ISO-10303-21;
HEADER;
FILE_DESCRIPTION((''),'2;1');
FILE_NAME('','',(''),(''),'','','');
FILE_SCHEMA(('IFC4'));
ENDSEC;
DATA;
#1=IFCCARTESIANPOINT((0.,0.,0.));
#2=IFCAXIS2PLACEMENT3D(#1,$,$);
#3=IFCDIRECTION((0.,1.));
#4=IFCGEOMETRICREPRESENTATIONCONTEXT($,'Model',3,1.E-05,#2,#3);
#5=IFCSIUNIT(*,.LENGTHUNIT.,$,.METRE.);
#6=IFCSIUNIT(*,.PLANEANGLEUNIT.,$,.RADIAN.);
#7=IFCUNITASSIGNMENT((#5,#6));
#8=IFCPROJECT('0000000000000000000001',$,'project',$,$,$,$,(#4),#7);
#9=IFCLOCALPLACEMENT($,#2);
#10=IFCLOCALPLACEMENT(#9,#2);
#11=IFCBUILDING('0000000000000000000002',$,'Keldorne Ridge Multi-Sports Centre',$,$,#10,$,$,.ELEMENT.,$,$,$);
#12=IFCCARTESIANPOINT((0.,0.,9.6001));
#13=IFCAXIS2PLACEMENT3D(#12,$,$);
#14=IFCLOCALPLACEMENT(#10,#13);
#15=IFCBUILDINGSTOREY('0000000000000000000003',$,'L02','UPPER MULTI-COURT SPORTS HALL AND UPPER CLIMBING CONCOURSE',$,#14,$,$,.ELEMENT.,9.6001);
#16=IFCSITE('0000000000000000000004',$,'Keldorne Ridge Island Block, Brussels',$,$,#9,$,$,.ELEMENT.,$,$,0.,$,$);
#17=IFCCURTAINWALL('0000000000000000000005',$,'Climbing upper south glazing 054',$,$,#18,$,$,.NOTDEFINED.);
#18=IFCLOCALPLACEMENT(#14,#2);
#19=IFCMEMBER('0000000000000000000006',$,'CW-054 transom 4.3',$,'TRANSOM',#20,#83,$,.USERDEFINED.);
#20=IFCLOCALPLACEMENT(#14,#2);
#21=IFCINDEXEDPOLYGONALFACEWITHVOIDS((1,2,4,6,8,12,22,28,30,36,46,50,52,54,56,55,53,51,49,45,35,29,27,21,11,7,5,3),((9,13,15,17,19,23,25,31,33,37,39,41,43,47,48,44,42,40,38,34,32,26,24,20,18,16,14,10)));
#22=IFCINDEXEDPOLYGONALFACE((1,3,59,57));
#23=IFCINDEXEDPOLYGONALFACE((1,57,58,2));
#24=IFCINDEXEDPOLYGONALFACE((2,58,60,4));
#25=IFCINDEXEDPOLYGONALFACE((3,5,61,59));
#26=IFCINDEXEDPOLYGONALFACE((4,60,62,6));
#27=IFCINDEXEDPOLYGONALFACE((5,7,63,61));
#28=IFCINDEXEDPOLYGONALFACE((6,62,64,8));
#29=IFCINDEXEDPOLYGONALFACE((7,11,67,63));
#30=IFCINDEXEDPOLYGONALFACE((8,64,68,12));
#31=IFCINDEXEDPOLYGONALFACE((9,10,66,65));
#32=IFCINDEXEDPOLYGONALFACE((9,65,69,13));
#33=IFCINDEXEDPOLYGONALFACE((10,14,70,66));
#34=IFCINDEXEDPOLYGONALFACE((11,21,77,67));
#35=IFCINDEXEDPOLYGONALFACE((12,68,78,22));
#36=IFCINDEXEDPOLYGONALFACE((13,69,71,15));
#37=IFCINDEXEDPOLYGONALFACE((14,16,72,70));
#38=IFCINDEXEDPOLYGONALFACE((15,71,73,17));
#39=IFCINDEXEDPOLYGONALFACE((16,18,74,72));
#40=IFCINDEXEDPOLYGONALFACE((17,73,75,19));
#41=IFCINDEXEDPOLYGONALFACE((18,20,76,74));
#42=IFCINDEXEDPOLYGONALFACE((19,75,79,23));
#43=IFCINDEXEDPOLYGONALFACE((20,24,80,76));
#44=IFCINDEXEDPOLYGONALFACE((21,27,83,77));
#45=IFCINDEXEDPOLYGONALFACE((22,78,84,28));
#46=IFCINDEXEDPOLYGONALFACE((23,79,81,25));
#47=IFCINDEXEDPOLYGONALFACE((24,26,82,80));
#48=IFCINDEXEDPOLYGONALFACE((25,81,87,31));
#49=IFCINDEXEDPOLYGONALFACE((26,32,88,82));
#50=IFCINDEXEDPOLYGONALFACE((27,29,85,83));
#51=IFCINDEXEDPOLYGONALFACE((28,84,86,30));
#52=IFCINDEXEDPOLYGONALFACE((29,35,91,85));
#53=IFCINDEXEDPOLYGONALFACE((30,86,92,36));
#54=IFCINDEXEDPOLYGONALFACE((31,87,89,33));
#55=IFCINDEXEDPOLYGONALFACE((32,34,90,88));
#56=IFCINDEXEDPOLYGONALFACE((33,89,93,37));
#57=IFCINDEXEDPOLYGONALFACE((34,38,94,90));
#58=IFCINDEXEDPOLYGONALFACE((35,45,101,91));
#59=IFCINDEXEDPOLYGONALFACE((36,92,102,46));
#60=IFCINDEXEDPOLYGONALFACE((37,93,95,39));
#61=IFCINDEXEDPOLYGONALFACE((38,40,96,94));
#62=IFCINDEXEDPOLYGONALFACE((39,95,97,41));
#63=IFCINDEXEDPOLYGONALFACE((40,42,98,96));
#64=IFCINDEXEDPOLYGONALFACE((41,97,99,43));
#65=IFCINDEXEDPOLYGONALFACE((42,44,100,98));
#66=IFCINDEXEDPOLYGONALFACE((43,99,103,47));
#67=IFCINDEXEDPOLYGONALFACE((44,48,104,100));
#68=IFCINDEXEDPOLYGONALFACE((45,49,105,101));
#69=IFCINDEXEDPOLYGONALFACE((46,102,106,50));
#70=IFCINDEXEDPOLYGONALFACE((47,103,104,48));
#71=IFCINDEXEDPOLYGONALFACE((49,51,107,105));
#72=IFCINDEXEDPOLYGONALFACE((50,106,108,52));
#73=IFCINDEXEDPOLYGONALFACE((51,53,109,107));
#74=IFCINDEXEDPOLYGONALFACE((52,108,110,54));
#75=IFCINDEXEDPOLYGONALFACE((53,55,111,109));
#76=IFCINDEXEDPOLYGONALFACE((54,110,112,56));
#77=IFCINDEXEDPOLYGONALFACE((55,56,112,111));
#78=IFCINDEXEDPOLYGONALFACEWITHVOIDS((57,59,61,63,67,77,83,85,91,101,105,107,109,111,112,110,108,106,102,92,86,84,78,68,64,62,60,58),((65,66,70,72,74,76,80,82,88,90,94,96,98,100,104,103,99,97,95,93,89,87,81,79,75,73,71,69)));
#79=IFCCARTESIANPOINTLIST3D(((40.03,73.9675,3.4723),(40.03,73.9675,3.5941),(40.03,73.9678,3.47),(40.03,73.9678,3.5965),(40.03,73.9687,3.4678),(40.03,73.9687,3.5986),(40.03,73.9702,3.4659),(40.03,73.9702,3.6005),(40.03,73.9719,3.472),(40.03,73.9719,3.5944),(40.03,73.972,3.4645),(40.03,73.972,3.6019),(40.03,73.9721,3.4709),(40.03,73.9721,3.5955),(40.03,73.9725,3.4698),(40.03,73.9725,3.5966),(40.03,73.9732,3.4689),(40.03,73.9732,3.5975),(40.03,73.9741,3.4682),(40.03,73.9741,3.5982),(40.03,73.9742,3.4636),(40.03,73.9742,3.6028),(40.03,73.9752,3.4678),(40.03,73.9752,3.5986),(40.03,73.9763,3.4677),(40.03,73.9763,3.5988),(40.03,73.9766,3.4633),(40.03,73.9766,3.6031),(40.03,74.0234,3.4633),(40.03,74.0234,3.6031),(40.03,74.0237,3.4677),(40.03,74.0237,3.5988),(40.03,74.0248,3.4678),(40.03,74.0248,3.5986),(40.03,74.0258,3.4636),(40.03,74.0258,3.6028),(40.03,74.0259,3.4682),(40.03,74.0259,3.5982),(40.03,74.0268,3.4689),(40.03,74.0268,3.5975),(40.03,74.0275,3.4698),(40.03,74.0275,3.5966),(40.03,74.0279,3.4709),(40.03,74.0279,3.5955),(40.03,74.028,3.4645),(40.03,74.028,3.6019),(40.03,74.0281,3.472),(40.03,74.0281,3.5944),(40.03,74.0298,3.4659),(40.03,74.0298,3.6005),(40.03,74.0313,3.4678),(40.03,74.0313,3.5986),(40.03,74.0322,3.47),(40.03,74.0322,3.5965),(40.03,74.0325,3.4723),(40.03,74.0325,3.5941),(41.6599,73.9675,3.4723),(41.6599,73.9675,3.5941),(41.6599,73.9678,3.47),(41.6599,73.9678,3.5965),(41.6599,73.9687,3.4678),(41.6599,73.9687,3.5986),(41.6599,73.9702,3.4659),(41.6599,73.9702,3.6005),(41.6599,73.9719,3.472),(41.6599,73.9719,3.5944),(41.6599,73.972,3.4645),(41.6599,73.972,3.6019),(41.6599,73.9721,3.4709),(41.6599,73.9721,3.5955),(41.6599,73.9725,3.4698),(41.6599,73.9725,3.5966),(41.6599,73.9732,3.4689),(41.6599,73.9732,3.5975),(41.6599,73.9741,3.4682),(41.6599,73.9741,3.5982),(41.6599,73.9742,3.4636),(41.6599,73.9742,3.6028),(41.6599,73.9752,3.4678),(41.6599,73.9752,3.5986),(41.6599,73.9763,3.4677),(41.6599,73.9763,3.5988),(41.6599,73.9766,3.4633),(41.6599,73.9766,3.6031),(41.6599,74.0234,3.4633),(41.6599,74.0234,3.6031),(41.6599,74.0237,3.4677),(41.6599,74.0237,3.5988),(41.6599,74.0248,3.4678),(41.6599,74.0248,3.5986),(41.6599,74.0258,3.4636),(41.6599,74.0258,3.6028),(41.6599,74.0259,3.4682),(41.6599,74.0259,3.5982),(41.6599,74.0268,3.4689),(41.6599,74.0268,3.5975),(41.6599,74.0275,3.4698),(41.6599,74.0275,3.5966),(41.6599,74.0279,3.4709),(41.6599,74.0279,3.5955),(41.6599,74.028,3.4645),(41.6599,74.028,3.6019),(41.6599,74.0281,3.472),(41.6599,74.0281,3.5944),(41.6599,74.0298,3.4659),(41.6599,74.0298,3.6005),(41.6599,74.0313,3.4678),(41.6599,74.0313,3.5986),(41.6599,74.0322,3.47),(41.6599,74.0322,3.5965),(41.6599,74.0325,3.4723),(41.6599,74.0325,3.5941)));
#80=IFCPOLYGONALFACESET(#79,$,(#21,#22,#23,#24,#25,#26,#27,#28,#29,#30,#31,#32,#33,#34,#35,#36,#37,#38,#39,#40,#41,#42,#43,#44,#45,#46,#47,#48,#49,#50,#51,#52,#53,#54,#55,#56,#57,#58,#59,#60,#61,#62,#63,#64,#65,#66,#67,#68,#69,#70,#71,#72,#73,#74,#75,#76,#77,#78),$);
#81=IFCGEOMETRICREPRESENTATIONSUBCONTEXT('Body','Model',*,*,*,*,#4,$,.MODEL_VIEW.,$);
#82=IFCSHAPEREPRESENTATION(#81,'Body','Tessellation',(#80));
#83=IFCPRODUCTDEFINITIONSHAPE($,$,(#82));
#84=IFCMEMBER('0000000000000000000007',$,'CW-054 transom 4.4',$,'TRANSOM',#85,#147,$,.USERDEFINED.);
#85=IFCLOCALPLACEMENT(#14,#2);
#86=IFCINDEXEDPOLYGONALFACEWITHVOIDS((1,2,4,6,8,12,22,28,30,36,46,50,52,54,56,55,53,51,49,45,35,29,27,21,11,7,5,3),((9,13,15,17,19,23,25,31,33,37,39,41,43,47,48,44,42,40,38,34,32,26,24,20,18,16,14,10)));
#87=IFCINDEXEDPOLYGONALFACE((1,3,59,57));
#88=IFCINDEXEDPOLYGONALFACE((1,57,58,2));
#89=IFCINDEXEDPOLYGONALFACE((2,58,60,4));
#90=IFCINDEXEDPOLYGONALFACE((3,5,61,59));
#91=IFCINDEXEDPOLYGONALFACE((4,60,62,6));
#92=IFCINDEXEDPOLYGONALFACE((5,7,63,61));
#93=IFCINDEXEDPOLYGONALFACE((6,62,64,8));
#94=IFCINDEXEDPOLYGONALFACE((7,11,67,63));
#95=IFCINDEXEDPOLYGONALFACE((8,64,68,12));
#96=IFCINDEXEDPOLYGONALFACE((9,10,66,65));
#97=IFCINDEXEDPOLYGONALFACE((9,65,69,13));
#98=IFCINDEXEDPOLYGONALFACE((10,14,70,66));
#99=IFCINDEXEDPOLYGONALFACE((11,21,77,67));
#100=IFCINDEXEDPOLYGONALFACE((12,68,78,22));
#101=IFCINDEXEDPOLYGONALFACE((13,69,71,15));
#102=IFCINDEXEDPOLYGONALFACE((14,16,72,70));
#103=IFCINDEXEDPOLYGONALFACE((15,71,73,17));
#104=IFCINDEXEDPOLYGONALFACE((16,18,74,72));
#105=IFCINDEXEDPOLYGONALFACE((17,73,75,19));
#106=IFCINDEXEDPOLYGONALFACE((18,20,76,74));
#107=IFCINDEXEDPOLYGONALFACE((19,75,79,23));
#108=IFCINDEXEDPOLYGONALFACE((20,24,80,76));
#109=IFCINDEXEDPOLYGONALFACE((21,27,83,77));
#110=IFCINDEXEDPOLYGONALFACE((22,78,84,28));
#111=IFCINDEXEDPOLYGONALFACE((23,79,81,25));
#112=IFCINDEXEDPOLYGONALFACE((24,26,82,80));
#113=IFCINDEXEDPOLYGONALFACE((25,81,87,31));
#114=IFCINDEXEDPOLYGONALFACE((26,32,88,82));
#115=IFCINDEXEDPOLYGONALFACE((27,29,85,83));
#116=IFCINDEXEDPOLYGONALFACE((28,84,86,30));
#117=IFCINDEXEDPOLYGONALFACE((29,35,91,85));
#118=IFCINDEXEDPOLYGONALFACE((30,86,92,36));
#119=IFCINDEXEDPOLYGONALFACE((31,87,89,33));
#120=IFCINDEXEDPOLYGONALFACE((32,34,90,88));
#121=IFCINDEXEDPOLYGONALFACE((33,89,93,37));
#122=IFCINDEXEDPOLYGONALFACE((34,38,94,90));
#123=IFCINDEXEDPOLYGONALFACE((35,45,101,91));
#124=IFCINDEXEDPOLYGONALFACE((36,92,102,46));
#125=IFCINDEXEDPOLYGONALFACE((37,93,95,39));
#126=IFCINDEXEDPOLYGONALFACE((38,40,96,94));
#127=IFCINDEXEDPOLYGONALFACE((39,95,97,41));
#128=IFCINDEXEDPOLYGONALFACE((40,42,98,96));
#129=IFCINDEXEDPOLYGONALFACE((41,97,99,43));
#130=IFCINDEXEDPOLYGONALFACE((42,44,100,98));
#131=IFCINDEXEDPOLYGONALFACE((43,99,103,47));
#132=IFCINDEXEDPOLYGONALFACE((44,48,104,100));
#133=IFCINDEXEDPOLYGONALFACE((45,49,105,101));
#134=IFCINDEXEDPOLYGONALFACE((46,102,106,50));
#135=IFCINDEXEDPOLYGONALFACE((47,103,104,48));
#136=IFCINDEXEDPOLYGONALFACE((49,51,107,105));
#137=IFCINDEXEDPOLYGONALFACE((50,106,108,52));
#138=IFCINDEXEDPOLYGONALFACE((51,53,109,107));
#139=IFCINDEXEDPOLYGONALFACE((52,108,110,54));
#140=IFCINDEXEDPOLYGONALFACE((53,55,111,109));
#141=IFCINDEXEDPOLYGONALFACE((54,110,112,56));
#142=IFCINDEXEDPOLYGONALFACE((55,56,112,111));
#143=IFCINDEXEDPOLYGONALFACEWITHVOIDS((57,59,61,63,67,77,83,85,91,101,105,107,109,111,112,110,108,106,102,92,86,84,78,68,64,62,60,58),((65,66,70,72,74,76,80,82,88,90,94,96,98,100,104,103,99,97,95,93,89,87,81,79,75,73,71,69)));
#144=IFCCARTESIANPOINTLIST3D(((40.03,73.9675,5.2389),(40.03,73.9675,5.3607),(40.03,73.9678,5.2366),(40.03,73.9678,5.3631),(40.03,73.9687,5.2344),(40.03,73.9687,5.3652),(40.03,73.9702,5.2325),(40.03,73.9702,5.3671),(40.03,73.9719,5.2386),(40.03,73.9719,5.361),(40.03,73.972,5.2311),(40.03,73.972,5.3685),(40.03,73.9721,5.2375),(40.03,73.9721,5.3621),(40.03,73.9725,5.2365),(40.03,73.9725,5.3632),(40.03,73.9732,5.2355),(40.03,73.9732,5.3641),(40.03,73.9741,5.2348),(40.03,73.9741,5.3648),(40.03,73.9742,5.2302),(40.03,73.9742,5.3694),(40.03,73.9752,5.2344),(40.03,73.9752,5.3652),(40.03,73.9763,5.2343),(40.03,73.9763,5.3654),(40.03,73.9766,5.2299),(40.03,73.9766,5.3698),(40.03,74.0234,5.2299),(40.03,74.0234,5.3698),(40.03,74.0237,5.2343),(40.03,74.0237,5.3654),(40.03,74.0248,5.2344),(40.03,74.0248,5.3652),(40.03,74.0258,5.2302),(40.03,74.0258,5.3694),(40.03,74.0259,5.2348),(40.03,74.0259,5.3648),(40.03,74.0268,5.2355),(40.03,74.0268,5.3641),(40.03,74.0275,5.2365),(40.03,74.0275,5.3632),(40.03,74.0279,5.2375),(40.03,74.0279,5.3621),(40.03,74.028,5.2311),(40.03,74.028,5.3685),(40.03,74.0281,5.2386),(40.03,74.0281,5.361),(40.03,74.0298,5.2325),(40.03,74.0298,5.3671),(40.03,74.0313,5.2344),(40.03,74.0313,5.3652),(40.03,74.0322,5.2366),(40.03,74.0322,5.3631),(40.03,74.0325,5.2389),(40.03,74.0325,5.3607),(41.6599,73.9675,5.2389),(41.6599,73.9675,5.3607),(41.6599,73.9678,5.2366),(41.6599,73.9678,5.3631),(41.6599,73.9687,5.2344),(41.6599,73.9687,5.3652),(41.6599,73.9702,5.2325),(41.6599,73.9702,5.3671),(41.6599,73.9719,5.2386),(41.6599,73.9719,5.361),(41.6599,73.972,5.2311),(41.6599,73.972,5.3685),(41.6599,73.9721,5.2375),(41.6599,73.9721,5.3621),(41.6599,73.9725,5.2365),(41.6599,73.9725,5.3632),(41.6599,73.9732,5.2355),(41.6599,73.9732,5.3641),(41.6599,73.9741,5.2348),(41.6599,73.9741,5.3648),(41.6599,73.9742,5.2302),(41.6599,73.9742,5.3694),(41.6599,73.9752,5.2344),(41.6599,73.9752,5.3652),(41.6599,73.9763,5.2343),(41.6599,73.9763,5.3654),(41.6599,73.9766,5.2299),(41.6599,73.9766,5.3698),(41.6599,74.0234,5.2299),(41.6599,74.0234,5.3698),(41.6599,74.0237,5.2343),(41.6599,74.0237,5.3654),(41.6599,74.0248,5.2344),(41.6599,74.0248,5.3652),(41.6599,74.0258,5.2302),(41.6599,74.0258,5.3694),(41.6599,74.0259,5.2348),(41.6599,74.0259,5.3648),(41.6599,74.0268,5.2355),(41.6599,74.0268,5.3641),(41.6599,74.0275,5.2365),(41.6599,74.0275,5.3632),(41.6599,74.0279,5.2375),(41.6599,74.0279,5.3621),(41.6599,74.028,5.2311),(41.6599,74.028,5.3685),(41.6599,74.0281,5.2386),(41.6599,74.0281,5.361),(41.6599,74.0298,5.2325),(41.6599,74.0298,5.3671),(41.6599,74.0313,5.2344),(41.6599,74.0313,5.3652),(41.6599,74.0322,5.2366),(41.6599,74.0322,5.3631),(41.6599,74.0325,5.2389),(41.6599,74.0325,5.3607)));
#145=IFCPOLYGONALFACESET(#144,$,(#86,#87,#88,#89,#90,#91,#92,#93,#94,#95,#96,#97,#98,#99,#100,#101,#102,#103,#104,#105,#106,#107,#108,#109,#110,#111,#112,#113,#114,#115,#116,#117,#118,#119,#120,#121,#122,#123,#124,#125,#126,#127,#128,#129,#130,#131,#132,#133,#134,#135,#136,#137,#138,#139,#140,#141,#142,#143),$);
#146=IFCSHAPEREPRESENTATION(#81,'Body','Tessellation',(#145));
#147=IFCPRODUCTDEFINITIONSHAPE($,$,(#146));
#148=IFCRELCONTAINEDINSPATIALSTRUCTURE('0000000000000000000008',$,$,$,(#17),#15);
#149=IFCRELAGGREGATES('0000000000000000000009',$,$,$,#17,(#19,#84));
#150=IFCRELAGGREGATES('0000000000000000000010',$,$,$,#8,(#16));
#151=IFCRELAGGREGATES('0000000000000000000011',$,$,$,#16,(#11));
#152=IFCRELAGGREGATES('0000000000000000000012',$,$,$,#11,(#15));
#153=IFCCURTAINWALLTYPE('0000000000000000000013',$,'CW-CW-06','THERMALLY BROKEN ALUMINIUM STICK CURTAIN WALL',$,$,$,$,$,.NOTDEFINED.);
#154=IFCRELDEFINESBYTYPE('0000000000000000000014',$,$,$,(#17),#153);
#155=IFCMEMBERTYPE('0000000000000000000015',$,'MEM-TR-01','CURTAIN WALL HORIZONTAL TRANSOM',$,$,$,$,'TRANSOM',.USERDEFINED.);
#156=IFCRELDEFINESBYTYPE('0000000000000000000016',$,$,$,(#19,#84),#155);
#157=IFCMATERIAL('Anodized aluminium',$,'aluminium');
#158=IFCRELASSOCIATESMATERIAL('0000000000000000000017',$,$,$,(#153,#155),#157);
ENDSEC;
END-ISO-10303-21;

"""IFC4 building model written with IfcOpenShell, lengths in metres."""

from ifc_helpers import new_model, si_unit, direction, frame, origin, origin_2d, place, context, subcontext, project, spatial, hollow_rectangle, extrude, material, material_profile, profile_set, type_object, element, aggregate, save


model = new_model("IFC4")

# Units and contexts
model_context = context("Model", 3, precision=1e-05, world=origin(), true_north=direction((0.0, 1.0)))
body_context = subcontext(model_context, "Body", "Model", "MODEL_VIEW")
ifc_project = project(units=[si_unit("LENGTHUNIT", "METRE"), si_unit("PLANEANGLEUNIT", "RADIAN")], contexts=[model_context])

# Site, building, storey
site_placement = place(None, origin())
site = spatial("IfcSite", under=ifc_project, at=site_placement, Name="Keldorne Ridge Island Block, Brussels", CompositionType="ELEMENT", RefElevation=0.0)
building_placement = place(site_placement, origin())
building = spatial("IfcBuilding", under=site, at=building_placement, Name="Keldorne Ridge Multi-Sports Centre", CompositionType="ELEMENT")
storey_placement = place(building_placement, frame((0.0, 0.0, 9.6001)))
storey = spatial("IfcBuildingStorey", under=building, at=storey_placement, Name="L02", Description="UPPER MULTI-COURT SPORTS HALL AND UPPER CLIMBING CONCOURSE", CompositionType="ELEMENT", Elevation=9.6001)

# Curtain wall, members
ifc_material_1 = material(Name="Anodized aluminium", Category="aluminium")
curtain_wall_type_1 = type_object("IfcCurtainWallType", Name="CW-CW-06", Description="THERMALLY BROKEN ALUMINIUM STICK CURTAIN WALL", PredefinedType="NOTDEFINED", material=ifc_material_1)
curtain_wall_1_placement = place(storey_placement, origin())
curtain_wall_1 = element("IfcCurtainWall", 1, at=curtain_wall_1_placement, inside=storey, type_object=curtain_wall_type_1, Name="Climbing upper south glazing 054", PredefinedType="NOTDEFINED")
ifc_material_profile_1 = material_profile(ifc_material_1, hollow_rectangle(XDim=0.0649, YDim=0.1399, WallThickness=0.0044, InnerFilletRadius=0.0044, OuterFilletRadius=0.009, at=origin_2d()), Name="ALU TRANSOM 140x65x4.5")
ifc_profile_set_1 = profile_set([ifc_material_profile_1], Name="Anodized aluminium")
member_type_1 = type_object("IfcMemberType", Name="MEM-TR-01", Description="CURTAIN WALL HORIZONTAL TRANSOM", ElementType="TRANSOM", PredefinedType="USERDEFINED", material=ifc_profile_set_1)
member_1_placement = place(storey_placement, frame((40.03, 74.0, 3.5332), z_axis=(1.0, 0.0, 0.0), x_axis=(0.0, 1.0, 0.0)))
member_1 = element("IfcMember", 2, at=member_1_placement, type_object=member_type_1, Name="CW-054 transom 4.3", ObjectType="TRANSOM", PredefinedType="USERDEFINED", context=body_context, shape_type="SweptSolid", body=[
    extrude(hollow_rectangle(XDim=0.0649, YDim=0.1399, WallThickness=0.0044, InnerFilletRadius=0.0044, OuterFilletRadius=0.009, at=origin_2d()), origin(), (0.0, 0.0, 1.0), 1.6299),
])
member_2_placement = place(storey_placement, frame((40.03, 74.0, 5.2998), z_axis=(1.0, 0.0, 0.0), x_axis=(0.0, 1.0, 0.0)))
member_2 = element("IfcMember", 3, at=member_2_placement, type_object=member_type_1, Name="CW-054 transom 4.4", ObjectType="TRANSOM", PredefinedType="USERDEFINED", context=body_context, shape_type="SweptSolid", body=[
    extrude(hollow_rectangle(XDim=0.0649, YDim=0.1399, WallThickness=0.0044, InnerFilletRadius=0.0044, OuterFilletRadius=0.009, at=origin_2d()), origin(), (0.0, 0.0, 1.0), 1.6299),
])

aggregate(curtain_wall_1, [member_1, member_2])

save(model, "model.ifc")
